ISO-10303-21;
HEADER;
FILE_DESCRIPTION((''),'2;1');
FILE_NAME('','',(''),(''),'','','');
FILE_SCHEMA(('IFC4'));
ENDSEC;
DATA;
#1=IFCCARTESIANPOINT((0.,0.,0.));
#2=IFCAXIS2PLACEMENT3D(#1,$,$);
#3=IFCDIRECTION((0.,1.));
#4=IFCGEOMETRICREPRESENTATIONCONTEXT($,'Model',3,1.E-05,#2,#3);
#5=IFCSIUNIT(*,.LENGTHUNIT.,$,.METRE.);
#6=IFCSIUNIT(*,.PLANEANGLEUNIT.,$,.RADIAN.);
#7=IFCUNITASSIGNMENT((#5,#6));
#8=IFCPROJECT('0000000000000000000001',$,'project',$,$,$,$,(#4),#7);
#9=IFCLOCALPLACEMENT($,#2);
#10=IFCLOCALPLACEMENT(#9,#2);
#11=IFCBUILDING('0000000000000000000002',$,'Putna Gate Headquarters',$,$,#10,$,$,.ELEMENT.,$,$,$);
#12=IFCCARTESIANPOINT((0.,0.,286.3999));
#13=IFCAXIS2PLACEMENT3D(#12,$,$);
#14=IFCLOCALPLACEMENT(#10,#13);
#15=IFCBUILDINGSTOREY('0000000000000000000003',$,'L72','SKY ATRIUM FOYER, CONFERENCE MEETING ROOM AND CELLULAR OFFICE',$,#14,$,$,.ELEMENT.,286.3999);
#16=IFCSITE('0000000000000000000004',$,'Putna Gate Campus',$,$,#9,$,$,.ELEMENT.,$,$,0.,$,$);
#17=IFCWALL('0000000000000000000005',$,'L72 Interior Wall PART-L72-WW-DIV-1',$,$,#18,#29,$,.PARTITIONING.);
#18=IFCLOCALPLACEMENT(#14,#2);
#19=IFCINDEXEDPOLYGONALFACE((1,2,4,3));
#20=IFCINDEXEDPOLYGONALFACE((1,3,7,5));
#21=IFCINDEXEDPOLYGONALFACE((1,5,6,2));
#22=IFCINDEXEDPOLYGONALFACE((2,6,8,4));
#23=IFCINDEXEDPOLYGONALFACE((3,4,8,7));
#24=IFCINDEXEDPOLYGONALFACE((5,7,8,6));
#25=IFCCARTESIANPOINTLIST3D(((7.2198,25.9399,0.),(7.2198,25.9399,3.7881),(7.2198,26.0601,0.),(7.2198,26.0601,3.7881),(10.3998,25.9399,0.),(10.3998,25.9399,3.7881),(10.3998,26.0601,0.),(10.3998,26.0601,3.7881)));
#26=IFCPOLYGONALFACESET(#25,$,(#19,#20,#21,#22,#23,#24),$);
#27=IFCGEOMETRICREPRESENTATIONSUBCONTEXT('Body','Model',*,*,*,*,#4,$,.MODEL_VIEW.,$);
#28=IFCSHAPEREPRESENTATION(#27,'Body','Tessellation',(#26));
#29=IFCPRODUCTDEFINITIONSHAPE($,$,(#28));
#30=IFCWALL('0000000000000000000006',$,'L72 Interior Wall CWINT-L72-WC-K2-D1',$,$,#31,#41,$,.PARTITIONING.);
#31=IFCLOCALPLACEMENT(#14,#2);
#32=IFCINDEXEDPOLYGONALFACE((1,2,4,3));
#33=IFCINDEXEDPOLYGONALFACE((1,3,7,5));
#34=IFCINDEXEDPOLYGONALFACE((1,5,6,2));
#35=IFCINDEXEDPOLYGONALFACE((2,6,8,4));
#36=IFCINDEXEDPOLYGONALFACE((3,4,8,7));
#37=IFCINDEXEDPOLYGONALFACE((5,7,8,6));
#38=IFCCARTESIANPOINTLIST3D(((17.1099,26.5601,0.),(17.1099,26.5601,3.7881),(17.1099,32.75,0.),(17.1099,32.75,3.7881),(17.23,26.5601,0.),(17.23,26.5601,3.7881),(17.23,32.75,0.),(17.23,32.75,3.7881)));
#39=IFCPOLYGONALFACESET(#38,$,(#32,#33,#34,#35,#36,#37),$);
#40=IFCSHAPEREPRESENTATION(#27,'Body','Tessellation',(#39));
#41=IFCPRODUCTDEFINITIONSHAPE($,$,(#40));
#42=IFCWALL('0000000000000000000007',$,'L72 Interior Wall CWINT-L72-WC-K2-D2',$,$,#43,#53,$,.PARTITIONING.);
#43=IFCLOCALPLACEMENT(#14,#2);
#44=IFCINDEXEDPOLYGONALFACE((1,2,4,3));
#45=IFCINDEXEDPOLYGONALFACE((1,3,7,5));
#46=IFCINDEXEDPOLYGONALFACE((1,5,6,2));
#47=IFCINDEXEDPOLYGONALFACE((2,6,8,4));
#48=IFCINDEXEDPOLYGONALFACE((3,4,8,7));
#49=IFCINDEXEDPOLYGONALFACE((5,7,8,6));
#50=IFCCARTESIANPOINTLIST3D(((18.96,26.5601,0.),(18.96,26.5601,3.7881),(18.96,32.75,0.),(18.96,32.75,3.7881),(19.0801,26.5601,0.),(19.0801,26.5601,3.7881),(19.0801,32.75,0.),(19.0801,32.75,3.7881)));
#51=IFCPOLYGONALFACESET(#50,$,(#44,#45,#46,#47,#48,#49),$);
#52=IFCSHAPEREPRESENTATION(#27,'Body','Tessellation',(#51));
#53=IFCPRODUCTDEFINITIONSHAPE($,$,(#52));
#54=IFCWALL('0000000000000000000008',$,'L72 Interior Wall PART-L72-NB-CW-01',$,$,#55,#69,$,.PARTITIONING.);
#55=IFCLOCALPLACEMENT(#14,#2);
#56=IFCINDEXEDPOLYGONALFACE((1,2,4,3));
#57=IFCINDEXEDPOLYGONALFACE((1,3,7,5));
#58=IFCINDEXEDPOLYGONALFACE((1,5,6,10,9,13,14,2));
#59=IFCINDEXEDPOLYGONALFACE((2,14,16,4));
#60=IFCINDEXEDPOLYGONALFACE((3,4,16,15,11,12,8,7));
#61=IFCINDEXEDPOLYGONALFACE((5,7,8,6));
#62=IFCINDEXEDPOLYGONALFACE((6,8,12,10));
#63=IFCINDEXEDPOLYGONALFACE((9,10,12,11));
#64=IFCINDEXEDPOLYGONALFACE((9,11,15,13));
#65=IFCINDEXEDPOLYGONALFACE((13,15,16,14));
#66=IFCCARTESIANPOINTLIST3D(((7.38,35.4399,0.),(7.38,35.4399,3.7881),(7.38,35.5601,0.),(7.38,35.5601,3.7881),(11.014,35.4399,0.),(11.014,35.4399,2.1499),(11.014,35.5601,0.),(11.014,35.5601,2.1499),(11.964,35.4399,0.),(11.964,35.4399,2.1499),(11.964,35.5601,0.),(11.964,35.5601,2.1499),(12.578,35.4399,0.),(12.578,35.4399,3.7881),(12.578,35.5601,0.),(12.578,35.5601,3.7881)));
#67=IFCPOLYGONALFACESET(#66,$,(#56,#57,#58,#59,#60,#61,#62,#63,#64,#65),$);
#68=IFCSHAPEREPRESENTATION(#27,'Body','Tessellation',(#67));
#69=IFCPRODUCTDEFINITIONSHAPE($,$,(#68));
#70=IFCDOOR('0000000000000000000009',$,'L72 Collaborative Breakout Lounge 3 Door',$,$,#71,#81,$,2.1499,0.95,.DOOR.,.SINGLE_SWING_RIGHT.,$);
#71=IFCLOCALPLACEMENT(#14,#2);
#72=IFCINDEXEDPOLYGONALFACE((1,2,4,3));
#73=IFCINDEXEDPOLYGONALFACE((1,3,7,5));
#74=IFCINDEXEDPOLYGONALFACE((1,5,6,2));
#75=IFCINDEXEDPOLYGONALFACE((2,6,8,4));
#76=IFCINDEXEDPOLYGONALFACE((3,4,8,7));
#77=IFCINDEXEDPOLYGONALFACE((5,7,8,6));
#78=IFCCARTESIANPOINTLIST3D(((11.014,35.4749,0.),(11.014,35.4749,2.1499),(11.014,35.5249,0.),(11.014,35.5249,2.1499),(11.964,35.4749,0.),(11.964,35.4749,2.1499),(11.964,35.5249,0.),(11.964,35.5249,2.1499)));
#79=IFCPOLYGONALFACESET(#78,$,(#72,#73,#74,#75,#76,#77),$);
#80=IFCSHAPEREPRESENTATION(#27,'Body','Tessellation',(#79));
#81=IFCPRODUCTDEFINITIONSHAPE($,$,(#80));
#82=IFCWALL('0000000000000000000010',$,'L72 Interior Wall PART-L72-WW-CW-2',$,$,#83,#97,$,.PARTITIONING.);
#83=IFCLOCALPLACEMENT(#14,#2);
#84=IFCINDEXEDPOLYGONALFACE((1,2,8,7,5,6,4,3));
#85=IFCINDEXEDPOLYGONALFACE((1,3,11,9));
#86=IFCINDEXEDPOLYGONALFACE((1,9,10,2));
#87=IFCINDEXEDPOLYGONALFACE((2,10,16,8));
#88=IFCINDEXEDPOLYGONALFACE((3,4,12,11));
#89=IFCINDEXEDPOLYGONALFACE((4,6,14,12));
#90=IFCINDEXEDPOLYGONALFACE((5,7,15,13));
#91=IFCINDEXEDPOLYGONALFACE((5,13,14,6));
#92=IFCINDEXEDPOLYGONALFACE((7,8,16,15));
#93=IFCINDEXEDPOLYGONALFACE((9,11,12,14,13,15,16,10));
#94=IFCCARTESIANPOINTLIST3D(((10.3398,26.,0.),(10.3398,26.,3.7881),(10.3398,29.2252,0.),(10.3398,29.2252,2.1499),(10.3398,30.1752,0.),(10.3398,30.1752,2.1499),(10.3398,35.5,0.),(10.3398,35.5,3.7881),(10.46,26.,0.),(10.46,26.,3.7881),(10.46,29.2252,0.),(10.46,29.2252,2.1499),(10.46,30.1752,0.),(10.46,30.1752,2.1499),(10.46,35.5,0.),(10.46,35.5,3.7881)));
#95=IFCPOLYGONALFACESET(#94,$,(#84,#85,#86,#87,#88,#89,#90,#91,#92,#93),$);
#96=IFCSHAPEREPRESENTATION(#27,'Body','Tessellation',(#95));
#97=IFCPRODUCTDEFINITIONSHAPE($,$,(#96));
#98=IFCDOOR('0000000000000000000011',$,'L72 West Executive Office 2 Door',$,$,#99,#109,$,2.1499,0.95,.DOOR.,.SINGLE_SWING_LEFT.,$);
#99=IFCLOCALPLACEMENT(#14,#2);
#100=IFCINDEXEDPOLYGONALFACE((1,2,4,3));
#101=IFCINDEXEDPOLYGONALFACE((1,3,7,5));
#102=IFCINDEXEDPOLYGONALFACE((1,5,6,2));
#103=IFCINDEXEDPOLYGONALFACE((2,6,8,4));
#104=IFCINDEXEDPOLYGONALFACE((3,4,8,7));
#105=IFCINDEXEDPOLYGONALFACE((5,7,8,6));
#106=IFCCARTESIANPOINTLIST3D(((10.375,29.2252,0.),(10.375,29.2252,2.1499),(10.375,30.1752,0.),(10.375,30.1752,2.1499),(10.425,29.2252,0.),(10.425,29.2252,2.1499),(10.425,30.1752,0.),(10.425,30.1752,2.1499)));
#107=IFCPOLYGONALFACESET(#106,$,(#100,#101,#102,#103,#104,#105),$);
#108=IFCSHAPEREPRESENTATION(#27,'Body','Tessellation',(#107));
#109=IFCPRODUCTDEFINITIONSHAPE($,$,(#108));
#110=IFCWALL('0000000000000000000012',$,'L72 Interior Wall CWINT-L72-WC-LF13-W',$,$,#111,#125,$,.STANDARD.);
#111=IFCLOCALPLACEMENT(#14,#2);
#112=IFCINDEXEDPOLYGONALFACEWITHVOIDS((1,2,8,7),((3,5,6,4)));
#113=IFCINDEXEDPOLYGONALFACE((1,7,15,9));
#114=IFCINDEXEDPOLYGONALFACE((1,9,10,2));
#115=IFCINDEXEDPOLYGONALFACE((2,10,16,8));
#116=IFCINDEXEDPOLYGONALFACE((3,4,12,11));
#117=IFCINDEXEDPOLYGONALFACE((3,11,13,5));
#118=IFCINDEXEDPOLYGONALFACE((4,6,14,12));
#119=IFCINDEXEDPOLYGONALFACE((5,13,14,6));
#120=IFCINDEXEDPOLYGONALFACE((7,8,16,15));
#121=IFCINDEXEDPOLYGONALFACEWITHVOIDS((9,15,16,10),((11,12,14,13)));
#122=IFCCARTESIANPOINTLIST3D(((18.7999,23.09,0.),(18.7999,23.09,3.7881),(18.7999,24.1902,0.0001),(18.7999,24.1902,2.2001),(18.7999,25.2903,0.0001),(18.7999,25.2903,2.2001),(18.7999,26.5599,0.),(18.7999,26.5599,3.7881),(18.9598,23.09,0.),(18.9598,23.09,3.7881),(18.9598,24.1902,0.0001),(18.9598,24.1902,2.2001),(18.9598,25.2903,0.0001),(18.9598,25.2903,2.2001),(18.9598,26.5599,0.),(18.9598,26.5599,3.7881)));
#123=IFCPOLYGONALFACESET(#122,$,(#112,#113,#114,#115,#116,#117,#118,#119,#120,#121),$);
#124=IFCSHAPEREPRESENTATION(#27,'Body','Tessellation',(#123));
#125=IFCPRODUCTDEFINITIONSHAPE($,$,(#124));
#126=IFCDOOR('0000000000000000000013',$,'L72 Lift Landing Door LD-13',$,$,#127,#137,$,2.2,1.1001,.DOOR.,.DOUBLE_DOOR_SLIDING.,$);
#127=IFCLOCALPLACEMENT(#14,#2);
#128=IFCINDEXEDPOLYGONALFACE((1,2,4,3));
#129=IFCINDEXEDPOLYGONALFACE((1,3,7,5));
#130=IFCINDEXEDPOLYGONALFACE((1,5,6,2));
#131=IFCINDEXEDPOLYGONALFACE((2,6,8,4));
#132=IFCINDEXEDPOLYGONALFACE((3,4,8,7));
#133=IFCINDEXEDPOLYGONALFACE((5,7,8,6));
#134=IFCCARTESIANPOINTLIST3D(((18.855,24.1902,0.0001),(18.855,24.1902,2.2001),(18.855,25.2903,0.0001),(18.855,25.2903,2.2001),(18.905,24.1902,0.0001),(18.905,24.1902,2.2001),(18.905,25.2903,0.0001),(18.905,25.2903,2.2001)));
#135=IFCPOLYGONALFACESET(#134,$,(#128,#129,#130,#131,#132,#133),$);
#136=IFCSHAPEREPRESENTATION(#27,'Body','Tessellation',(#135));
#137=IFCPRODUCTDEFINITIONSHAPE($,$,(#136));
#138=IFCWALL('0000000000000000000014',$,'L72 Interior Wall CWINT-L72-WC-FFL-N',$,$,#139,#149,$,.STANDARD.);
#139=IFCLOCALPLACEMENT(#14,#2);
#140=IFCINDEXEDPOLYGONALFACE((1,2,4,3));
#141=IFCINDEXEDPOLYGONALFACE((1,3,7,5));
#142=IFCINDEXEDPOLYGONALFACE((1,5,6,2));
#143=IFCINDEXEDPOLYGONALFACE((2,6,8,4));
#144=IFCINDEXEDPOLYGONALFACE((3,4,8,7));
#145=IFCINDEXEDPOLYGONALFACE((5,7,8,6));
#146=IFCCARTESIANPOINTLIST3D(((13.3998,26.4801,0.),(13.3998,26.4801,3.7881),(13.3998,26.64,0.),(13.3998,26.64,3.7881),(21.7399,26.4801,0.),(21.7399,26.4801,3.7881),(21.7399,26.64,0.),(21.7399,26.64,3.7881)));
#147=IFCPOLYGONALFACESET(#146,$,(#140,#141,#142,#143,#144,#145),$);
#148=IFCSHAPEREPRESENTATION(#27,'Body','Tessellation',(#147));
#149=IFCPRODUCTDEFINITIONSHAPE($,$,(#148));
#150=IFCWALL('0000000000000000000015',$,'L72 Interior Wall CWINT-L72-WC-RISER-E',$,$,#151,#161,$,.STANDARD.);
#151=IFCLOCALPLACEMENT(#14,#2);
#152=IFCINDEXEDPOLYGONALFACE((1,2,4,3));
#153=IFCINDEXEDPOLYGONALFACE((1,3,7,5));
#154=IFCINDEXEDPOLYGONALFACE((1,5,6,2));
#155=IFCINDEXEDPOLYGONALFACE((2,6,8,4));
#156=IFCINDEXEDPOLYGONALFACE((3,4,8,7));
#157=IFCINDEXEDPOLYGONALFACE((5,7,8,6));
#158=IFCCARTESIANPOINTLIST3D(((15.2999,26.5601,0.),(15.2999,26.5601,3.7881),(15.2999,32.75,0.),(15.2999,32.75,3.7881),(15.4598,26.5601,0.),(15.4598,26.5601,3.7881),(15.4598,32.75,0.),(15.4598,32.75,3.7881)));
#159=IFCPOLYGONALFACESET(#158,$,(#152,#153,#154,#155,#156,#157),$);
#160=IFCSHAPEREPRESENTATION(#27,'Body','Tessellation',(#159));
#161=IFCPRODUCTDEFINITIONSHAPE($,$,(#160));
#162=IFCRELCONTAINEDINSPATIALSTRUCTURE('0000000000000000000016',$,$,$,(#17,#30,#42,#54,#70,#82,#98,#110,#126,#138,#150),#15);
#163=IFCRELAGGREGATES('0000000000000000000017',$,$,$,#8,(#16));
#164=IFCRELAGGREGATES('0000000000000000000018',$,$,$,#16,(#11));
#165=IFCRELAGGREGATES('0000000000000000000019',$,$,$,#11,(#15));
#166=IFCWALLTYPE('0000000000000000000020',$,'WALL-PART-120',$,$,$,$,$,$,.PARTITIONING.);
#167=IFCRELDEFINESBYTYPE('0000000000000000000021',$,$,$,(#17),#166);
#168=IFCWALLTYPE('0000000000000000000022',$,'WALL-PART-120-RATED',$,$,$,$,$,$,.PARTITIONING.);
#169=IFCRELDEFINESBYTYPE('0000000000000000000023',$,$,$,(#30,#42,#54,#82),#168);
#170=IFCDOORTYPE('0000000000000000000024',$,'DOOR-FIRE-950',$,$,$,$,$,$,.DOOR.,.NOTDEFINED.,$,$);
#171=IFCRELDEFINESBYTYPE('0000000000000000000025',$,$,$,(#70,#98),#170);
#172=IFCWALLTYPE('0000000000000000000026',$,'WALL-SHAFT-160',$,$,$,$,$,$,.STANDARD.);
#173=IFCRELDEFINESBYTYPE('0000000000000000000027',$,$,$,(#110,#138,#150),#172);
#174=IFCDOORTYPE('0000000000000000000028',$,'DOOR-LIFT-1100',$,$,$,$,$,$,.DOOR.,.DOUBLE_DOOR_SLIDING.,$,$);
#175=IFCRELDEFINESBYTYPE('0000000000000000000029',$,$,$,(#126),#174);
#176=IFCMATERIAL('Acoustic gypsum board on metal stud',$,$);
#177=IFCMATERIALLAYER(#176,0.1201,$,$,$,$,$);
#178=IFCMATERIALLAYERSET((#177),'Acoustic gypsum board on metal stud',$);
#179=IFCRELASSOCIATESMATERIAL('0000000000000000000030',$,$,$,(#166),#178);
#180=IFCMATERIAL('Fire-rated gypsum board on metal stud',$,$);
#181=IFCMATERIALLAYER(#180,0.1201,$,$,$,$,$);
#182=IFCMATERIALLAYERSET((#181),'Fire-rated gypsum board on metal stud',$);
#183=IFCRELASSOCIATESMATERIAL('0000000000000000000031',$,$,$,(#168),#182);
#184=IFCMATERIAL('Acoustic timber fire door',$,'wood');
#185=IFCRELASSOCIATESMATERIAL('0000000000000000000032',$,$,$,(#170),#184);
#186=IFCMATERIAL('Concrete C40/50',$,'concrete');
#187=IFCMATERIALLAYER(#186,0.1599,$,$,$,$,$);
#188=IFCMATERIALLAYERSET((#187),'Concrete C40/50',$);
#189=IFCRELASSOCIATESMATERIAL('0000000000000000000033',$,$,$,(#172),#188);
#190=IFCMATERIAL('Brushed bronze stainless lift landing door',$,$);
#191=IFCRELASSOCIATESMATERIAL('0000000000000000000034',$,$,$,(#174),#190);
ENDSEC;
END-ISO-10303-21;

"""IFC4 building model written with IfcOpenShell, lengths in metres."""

from ifc_helpers import new_model, si_unit, direction, frame, frame_2d, origin, place, context, subcontext, project, spatial, rectangle, extrude, material, layer, layer_set, type_object, element, fill, save


model = new_model("IFC4")

# Units and contexts
model_context = context("Model", 3, precision=1e-05, world=origin(), true_north=direction((0.0, 1.0)))
body_context = subcontext(model_context, "Body", "Model", "MODEL_VIEW")
ifc_project = project(units=[si_unit("LENGTHUNIT", "METRE"), si_unit("PLANEANGLEUNIT", "RADIAN")], contexts=[model_context])

# Site, building, storey
site_placement = place(None, origin())
site = spatial("IfcSite", under=ifc_project, at=site_placement, Name="Putna Gate Campus", CompositionType="ELEMENT", RefElevation=0.0)
building_placement = place(site_placement, origin())
building = spatial("IfcBuilding", under=site, at=building_placement, Name="Putna Gate Headquarters", CompositionType="ELEMENT")
storey_placement = place(building_placement, frame((0.0, 0.0, 286.3999)))
storey = spatial("IfcBuildingStorey", under=building, at=storey_placement, Name="L72", Description="SKY ATRIUM FOYER, CONFERENCE MEETING ROOM AND CELLULAR OFFICE", CompositionType="ELEMENT", Elevation=286.3999)

# Walls
ifc_material_1 = material(Name="Acoustic gypsum board on metal stud")
ifc_layer_1 = layer(ifc_material_1, 0.1201)
ifc_layer_set_1 = layer_set([ifc_layer_1], Name="Acoustic gypsum board on metal stud")
wall_type_1 = type_object("IfcWallType", Name="WALL-PART-120", PredefinedType="PARTITIONING", material=ifc_layer_set_1)
wall_1_placement = place(storey_placement, frame((7.22, 26.0, 0.0), z_axis=(0.0, 0.0, 1.0), x_axis=(1.0, 0.0, 0.0)))
element("IfcWall", 1, at=wall_1_placement, inside=storey, type_object=wall_type_1, Name="L72 Interior Wall PART-L72-WW-DIV-1", PredefinedType="PARTITIONING", context=body_context, shape_type="SweptSolid", body=[
    extrude(rectangle(XDim=3.1799, YDim=0.1201, at=frame_2d((1.5898, 0.0))), origin(), (0.0, 0.0, 1.0), 3.7881),
])
ifc_material_2 = material(Name="Fire-rated gypsum board on metal stud")
ifc_layer_2 = layer(ifc_material_2, 0.1201)
ifc_layer_set_2 = layer_set([ifc_layer_2], Name="Fire-rated gypsum board on metal stud")
wall_type_2 = type_object("IfcWallType", Name="WALL-PART-120-RATED", PredefinedType="PARTITIONING", material=ifc_layer_set_2)
for number, where, z_axis, x_axis, name in (
    (2, (17.1699, 26.5601, 0.0), (0.0, 0.0, 1.0), (0.0, 1.0, 0.0), "L72 Interior Wall CWINT-L72-WC-K2-D1"),
    (3, (19.02, 26.5601, 0.0), (0.0, 0.0, 1.0), (0.0, 1.0, 0.0), "L72 Interior Wall CWINT-L72-WC-K2-D2"),
):
    element("IfcWall", number, at=place(storey_placement, frame(where, z_axis=z_axis, x_axis=x_axis)), inside=storey, type_object=wall_type_2, Name=name, PredefinedType="PARTITIONING", context=body_context, shape_type="SweptSolid", body=[
        extrude(rectangle(XDim=6.1899, YDim=0.1201, at=frame_2d((3.095, 0.0))), origin(), (0.0, 0.0, 1.0), 3.7881),
    ])

# Walls, openings, doors
wall_2_placement = place(storey_placement, frame((7.3799, 35.5, 0.0), z_axis=(0.0, 0.0, 1.0), x_axis=(1.0, 0.0, 0.0)))
wall_2 = element("IfcWall", 4, at=wall_2_placement, inside=storey, type_object=wall_type_2, Name="L72 Interior Wall PART-L72-NB-CW-01", PredefinedType="PARTITIONING", context=body_context, shape_type="SweptSolid", body=[
    extrude(rectangle(XDim=5.198, YDim=0.1201, at=frame_2d((2.5991, 0.0))), origin(), (0.0, 0.0, 1.0), 3.7881),
])
opening_1_placement = place(wall_2_placement, frame((3.634, 0.0, 0.0)))
opening_1 = element("IfcOpeningElement", 5, at=opening_1_placement, cuts=wall_2, PredefinedType="OPENING", context=body_context, shape_type="SweptSolid", body=[
    extrude(rectangle(XDim=0.95, YDim=2.1499, at=frame_2d((0.4751, 1.075))), frame((0.0, 0.0701, 0.0), z_axis=(0.0, -1.0, 0.0), x_axis=(1.0, 0.0, 0.0)), (0.0, 0.0, 1.0), 0.1401),
])
ifc_material_3 = material(Name="Acoustic timber fire door", Category="wood")
door_type_1 = type_object("IfcDoorType", Name="DOOR-FIRE-950", OperationType="NOTDEFINED", PredefinedType="DOOR", material=ifc_material_3)
door_1_placement = place(opening_1_placement, origin())
door_1 = element("IfcDoor", 6, at=door_1_placement, inside=storey, type_object=door_type_1, Name="L72 Collaborative Breakout Lounge 3 Door", OperationType="SINGLE_SWING_RIGHT", OverallHeight=2.1499, OverallWidth=0.95, PredefinedType="DOOR", context=body_context, shape_type="SweptSolid", body=[
    extrude(rectangle(XDim=0.95, YDim=2.1499, at=frame_2d((0.4751, 1.075))), frame((0.0, 0.0249, 0.0), z_axis=(0.0, -1.0, 0.0), x_axis=(1.0, 0.0, 0.0)), (0.0, 0.0, 1.0), 0.05),
])
fill(opening_1, door_1)
wall_3_placement = place(storey_placement, frame((10.3999, 26.0, 0.0), z_axis=(0.0, 0.0, 1.0), x_axis=(0.0, 1.0, 0.0)))
wall_3 = element("IfcWall", 7, at=wall_3_placement, inside=storey, type_object=wall_type_2, Name="L72 Interior Wall PART-L72-WW-CW-2", PredefinedType="PARTITIONING", context=body_context, shape_type="SweptSolid", body=[
    extrude(rectangle(XDim=9.5, YDim=0.1201, at=frame_2d((4.75, 0.0))), origin(), (0.0, 0.0, 1.0), 3.7881),
])
opening_2_placement = place(wall_3_placement, frame((3.2251, 0.0, 0.0)))
opening_2 = element("IfcOpeningElement", 8, at=opening_2_placement, cuts=wall_3, PredefinedType="OPENING", context=body_context, shape_type="SweptSolid", body=[
    extrude(rectangle(XDim=0.95, YDim=2.1499, at=frame_2d((0.4751, 1.075))), frame((0.0, 0.0701, 0.0), z_axis=(0.0, -1.0, 0.0), x_axis=(1.0, 0.0, 0.0)), (0.0, 0.0, 1.0), 0.1401),
])
door_2_placement = place(opening_2_placement, origin())
door_2 = element("IfcDoor", 9, at=door_2_placement, inside=storey, type_object=door_type_1, Name="L72 West Executive Office 2 Door", OperationType="SINGLE_SWING_LEFT", OverallHeight=2.1499, OverallWidth=0.95, PredefinedType="DOOR", context=body_context, shape_type="SweptSolid", body=[
    extrude(rectangle(XDim=0.95, YDim=2.1499, at=frame_2d((0.4751, 1.075))), frame((0.0, 0.0249, 0.0), z_axis=(0.0, -1.0, 0.0), x_axis=(1.0, 0.0, 0.0)), (0.0, 0.0, 1.0), 0.05),
])
fill(opening_2, door_2)
ifc_material_4 = material(Name="Concrete C40/50", Category="concrete")
ifc_layer_3 = layer(ifc_material_4, 0.1599)
ifc_layer_set_3 = layer_set([ifc_layer_3], Name="Concrete C40/50")
wall_type_3 = type_object("IfcWallType", Name="WALL-SHAFT-160", PredefinedType="STANDARD", material=ifc_layer_set_3)
wall_4_placement = place(storey_placement, frame((18.8799, 23.0901, 0.0), z_axis=(0.0, 0.0, 1.0), x_axis=(0.0, 1.0, 0.0)))
wall_4 = element("IfcWall", 10, at=wall_4_placement, inside=storey, type_object=wall_type_3, Name="L72 Interior Wall CWINT-L72-WC-LF13-W", PredefinedType="STANDARD", context=body_context, shape_type="SweptSolid", body=[
    extrude(rectangle(XDim=3.47, YDim=0.1599, at=frame_2d((1.7349, 0.0))), origin(), (0.0, 0.0, 1.0), 3.7881),
])
opening_3_placement = place(wall_4_placement, frame((1.1001, 0.0, 0.0)))
opening_3 = element("IfcOpeningElement", 11, at=opening_3_placement, cuts=wall_4, PredefinedType="OPENING", context=body_context, shape_type="SweptSolid", body=[
    extrude(rectangle(XDim=1.1001, YDim=2.2, at=frame_2d((0.55, 1.1001))), frame((0.0, 0.0898, 0.0), z_axis=(0.0, -1.0, 0.0), x_axis=(1.0, 0.0, 0.0)), (0.0, 0.0, 1.0), 0.1799),
])
ifc_material_5 = material(Name="Brushed bronze stainless lift landing door")
door_type_2 = type_object("IfcDoorType", Name="DOOR-LIFT-1100", OperationType="DOUBLE_DOOR_SLIDING", PredefinedType="DOOR", material=ifc_material_5)
door_3_placement = place(opening_3_placement, origin())
door_3 = element("IfcDoor", 12, at=door_3_placement, inside=storey, type_object=door_type_2, Name="L72 Lift Landing Door LD-13", OperationType="DOUBLE_DOOR_SLIDING", OverallHeight=2.2, OverallWidth=1.1001, PredefinedType="DOOR", context=body_context, shape_type="SweptSolid", body=[
    extrude(rectangle(XDim=1.1001, YDim=2.2, at=frame_2d((0.55, 1.1001))), frame((0.0, 0.0249, 0.0), z_axis=(0.0, -1.0, 0.0), x_axis=(1.0, 0.0, 0.0)), (0.0, 0.0, 1.0), 0.05),
])
fill(opening_3, door_3)

# Walls
wall_5_placement = place(storey_placement, frame((13.3999, 26.5601, 0.0), z_axis=(0.0, 0.0, 1.0), x_axis=(1.0, 0.0, 0.0)))
element("IfcWall", 13, at=wall_5_placement, inside=storey, type_object=wall_type_3, Name="L72 Interior Wall CWINT-L72-WC-FFL-N", PredefinedType="STANDARD", context=body_context, shape_type="SweptSolid", body=[
    extrude(rectangle(XDim=8.3401, YDim=0.1599, at=frame_2d((4.1699, 0.0))), origin(), (0.0, 0.0, 1.0), 3.7881),
])
wall_6_placement = place(storey_placement, frame((15.3799, 26.5601, 0.0), z_axis=(0.0, 0.0, 1.0), x_axis=(0.0, 1.0, 0.0)))
element("IfcWall", 14, at=wall_6_placement, inside=storey, type_object=wall_type_3, Name="L72 Interior Wall CWINT-L72-WC-RISER-E", PredefinedType="STANDARD", context=body_context, shape_type="SweptSolid", body=[
    extrude(rectangle(XDim=6.1899, YDim=0.1599, at=frame_2d((3.095, 0.0))), origin(), (0.0, 0.0, 1.0), 3.7881),
])

save(model, "model.ifc")
